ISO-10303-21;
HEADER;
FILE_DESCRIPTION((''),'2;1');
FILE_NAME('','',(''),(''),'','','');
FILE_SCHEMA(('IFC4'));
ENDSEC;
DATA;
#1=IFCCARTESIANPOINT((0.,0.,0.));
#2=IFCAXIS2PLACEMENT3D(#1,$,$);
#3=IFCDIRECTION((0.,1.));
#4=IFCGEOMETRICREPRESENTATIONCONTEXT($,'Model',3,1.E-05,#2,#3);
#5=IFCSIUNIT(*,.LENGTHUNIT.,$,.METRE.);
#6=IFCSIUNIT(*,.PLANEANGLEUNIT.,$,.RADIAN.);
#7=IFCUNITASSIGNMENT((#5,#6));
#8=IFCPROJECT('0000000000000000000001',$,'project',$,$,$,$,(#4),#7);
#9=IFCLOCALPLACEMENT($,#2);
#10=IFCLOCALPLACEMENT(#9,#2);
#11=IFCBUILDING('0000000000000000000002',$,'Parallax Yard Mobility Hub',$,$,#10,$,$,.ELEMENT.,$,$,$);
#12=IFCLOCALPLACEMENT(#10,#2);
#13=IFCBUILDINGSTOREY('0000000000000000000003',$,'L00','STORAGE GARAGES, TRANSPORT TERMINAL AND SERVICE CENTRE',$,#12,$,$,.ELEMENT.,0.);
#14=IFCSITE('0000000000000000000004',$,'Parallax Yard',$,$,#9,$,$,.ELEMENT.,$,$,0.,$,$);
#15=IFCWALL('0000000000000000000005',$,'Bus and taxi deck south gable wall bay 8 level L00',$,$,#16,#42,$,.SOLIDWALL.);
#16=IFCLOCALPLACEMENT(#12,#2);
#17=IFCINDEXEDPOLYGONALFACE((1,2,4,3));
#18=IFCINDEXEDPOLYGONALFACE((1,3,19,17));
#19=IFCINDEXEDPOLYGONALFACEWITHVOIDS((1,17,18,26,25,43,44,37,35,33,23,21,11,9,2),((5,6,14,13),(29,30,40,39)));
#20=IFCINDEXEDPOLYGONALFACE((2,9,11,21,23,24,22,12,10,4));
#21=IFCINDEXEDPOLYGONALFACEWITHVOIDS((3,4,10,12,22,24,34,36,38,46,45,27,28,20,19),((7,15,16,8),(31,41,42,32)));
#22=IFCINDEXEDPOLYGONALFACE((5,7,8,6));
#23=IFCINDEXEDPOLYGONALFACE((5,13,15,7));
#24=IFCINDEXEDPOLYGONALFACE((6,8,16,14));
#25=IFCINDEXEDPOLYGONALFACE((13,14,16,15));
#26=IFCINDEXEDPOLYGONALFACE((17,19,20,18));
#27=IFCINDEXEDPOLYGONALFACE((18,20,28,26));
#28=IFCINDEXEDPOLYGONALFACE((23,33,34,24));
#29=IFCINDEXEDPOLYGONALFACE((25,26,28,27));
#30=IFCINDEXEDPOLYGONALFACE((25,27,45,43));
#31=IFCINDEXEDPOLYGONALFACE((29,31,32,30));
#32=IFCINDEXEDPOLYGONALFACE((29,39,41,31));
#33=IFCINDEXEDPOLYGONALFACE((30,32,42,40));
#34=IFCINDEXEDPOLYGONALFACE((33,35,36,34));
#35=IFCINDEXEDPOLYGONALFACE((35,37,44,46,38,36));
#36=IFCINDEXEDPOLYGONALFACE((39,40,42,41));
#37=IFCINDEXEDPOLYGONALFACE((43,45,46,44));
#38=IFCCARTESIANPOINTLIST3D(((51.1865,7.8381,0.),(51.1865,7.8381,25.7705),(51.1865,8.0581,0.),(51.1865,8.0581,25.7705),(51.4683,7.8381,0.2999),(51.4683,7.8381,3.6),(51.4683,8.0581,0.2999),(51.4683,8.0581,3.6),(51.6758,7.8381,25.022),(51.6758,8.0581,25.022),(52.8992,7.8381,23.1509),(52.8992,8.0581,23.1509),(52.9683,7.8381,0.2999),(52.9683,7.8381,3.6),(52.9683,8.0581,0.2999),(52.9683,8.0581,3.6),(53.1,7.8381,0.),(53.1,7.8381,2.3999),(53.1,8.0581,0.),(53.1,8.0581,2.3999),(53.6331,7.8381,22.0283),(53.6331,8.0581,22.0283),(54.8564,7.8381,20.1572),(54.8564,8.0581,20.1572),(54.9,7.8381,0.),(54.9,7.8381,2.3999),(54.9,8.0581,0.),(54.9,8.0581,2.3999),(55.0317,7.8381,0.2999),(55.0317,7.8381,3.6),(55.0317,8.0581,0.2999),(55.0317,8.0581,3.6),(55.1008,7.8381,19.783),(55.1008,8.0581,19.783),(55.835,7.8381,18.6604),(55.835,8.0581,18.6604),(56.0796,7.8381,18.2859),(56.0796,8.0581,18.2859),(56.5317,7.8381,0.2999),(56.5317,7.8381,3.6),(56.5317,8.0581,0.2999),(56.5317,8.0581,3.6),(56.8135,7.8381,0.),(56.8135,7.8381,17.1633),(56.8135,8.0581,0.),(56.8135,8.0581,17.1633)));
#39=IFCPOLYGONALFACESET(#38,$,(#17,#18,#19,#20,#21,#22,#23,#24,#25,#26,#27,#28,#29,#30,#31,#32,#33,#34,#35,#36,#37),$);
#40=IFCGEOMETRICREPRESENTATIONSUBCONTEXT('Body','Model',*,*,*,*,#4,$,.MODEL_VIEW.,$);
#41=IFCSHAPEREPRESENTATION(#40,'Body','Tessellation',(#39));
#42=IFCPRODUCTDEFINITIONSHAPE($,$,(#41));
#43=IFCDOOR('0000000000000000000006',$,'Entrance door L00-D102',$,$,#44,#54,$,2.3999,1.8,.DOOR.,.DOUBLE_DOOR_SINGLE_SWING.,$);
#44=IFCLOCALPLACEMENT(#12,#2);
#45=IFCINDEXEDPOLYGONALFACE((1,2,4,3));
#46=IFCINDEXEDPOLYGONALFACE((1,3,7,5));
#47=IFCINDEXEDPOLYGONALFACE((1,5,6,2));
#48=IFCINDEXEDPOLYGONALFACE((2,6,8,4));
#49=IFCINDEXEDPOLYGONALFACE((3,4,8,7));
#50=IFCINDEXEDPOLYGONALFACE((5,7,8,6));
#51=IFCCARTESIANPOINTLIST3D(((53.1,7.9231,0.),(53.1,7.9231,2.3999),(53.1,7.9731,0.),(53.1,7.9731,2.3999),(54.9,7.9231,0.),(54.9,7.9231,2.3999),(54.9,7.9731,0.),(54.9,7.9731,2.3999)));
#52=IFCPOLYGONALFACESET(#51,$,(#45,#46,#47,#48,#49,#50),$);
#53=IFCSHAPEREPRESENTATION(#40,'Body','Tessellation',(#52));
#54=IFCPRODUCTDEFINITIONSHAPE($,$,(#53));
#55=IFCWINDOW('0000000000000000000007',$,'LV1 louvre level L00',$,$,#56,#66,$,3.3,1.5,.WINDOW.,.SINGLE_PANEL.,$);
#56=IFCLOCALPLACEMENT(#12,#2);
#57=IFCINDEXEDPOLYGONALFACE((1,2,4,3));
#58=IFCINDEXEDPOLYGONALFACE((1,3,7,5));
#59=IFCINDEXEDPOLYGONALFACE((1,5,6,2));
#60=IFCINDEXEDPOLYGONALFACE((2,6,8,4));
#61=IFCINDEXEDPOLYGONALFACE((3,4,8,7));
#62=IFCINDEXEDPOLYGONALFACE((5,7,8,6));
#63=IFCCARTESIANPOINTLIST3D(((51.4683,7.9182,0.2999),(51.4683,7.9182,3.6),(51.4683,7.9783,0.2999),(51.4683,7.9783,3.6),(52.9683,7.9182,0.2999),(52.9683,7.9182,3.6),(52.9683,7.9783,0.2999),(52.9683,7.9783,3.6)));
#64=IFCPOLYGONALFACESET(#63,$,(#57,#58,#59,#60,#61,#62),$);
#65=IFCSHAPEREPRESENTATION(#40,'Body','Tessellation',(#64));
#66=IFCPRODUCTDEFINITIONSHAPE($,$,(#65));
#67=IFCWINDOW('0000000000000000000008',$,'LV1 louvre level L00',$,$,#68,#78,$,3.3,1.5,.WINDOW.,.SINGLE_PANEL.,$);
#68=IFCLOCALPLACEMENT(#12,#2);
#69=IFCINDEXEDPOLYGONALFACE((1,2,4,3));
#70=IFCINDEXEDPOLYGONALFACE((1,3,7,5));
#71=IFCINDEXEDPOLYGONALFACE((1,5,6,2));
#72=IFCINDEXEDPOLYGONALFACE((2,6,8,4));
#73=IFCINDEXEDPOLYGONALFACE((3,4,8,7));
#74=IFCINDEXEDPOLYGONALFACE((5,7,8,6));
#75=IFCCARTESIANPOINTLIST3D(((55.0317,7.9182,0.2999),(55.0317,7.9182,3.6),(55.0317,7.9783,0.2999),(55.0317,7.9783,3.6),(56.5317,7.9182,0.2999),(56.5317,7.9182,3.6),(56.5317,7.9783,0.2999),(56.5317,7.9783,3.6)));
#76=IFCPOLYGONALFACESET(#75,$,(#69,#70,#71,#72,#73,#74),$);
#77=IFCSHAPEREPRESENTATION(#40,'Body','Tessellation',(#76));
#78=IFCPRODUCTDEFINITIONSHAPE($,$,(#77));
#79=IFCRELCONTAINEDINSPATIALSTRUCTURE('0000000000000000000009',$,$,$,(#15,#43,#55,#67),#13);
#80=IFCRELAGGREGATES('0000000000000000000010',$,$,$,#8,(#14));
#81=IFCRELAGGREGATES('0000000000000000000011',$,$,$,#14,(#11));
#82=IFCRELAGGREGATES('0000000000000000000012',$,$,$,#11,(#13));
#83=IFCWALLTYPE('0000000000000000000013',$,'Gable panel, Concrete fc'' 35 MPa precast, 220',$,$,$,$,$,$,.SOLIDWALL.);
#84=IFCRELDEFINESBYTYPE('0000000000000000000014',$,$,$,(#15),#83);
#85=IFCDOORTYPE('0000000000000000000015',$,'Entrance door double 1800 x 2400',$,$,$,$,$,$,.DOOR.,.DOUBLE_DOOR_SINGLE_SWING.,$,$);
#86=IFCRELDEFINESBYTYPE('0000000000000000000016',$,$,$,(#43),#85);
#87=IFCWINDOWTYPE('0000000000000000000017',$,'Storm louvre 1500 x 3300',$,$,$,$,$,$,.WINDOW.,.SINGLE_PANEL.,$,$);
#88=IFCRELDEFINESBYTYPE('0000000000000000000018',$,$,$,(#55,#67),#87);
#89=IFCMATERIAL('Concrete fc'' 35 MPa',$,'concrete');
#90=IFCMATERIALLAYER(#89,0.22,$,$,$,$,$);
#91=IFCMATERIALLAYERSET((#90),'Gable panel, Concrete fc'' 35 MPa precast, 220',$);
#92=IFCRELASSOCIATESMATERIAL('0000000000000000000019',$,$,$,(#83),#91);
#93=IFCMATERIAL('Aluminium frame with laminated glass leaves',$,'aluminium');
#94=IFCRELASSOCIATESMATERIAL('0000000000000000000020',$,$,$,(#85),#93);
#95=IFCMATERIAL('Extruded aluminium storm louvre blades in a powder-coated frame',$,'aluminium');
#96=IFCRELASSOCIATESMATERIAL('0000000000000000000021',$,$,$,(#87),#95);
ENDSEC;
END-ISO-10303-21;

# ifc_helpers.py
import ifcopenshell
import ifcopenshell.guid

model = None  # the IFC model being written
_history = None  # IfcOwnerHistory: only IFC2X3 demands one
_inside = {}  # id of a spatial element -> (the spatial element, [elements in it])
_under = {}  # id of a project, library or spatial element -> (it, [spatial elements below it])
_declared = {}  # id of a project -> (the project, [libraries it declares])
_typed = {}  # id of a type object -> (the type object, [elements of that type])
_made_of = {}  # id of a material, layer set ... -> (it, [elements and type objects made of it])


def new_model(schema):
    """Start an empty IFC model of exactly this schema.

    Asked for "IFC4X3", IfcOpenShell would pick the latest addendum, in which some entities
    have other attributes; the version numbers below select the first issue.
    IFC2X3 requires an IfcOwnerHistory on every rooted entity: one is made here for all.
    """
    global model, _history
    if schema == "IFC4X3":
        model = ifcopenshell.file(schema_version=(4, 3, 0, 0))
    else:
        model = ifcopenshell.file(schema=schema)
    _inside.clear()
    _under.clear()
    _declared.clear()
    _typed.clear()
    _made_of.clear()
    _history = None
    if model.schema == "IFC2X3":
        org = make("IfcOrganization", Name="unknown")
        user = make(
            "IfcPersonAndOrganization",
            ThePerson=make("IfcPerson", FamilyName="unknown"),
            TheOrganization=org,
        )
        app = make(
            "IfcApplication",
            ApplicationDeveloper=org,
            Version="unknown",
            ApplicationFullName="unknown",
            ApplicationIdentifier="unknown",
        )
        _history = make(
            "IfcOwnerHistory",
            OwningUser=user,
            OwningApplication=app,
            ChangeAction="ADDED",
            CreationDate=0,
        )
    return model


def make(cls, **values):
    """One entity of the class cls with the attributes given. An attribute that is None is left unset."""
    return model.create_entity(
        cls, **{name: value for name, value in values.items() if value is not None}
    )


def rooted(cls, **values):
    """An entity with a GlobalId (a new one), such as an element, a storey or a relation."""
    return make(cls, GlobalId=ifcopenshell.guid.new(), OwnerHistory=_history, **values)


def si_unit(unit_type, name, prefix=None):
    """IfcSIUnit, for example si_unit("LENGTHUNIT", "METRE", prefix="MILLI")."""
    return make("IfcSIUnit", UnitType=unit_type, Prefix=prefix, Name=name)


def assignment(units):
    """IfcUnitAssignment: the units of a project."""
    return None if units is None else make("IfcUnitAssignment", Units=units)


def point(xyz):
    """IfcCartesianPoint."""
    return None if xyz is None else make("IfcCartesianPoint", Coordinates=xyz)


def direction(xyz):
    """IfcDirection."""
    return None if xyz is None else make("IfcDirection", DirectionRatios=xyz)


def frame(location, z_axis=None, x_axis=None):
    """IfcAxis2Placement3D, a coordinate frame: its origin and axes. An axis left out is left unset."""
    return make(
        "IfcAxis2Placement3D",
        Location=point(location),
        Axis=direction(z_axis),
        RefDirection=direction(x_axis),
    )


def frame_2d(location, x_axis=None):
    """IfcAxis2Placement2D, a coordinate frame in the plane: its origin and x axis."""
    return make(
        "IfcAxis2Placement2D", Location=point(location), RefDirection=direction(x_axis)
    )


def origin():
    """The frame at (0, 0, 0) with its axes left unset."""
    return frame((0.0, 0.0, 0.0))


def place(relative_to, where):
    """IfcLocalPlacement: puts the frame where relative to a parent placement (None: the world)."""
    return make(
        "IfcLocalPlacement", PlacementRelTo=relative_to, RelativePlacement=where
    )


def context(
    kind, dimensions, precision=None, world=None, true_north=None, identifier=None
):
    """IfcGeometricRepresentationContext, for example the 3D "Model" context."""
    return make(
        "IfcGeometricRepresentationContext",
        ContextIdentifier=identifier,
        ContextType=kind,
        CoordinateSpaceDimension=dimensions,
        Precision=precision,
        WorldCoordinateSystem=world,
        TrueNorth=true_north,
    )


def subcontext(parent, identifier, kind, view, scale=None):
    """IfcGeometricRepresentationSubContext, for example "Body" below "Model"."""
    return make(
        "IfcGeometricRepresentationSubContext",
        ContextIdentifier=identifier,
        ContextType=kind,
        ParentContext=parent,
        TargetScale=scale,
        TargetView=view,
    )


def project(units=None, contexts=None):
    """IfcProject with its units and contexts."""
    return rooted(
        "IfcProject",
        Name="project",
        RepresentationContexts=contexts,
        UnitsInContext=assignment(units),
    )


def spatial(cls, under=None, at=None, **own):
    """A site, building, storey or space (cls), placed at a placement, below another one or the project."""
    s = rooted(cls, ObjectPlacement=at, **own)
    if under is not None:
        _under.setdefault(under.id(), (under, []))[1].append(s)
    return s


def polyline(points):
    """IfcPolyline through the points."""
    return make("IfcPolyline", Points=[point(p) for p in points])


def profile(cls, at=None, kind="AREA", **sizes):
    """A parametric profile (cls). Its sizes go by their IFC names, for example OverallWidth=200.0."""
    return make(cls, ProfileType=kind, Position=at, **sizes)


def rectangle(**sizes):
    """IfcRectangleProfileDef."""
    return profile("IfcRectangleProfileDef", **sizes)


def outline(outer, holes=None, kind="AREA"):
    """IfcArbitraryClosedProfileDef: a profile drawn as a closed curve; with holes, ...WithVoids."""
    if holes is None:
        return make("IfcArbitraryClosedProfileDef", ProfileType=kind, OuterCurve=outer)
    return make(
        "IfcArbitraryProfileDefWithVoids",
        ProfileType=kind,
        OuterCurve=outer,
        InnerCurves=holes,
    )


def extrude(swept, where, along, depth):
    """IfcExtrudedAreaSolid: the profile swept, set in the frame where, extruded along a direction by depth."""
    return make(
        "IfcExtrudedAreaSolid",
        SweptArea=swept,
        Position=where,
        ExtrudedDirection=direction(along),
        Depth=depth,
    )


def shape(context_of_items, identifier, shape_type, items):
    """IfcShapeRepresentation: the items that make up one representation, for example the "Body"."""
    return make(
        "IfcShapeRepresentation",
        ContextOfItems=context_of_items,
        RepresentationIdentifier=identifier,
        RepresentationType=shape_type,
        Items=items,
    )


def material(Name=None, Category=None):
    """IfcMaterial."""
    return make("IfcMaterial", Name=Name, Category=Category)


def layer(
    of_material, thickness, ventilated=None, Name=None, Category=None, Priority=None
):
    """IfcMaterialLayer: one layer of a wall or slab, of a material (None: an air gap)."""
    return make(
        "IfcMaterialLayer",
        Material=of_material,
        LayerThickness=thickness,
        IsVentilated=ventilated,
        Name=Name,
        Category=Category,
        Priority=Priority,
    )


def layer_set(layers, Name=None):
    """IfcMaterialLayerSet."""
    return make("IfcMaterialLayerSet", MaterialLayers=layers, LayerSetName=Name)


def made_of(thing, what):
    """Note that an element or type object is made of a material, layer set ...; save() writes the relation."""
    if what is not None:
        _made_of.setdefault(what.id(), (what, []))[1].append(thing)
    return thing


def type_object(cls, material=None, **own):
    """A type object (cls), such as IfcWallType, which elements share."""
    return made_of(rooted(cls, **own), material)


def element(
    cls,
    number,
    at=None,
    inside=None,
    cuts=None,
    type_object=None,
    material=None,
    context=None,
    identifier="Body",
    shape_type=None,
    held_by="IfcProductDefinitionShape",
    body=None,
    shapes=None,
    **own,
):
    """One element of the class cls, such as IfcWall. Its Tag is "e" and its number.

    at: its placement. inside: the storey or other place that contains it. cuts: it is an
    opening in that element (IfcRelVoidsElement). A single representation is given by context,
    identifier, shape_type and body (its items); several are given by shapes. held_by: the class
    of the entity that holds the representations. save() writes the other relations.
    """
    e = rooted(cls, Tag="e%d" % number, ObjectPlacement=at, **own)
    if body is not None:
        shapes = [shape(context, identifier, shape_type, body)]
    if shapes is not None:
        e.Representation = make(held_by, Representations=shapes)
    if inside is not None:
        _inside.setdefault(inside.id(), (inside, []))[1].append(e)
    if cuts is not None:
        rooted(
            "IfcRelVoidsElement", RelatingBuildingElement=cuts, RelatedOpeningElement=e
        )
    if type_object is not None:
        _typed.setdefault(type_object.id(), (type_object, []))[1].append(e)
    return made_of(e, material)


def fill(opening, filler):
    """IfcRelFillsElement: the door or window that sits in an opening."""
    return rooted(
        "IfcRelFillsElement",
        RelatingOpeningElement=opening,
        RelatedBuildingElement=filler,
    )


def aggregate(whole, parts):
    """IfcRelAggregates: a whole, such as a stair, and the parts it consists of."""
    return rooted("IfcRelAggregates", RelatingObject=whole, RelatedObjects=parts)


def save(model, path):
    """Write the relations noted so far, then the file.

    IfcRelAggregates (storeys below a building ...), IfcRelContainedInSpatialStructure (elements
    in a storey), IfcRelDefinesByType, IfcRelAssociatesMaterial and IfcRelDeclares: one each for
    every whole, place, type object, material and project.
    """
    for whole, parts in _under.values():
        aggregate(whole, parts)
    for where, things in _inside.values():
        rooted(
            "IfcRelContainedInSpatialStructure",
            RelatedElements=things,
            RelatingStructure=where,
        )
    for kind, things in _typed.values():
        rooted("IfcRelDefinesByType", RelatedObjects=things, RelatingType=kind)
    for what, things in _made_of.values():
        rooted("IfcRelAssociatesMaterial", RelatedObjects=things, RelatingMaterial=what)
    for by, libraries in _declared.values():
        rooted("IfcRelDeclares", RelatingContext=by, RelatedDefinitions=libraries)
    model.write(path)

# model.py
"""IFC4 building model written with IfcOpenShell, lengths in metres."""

from ifc_helpers import new_model, si_unit, direction, frame, frame_2d, origin, place, context, subcontext, project, spatial, polyline, rectangle, outline, extrude, material, layer, layer_set, type_object, element, fill, save


model = new_model("IFC4")

# Units and contexts
model_context = context("Model", 3, precision=1e-05, world=origin(), true_north=direction((0.0, 1.0)))
body_context = subcontext(model_context, "Body", "Model", "MODEL_VIEW")
ifc_project = project(units=[si_unit("LENGTHUNIT", "METRE"), si_unit("PLANEANGLEUNIT", "RADIAN")], contexts=[model_context])

# Site, building, storey
site_placement = place(None, origin())
site = spatial("IfcSite", under=ifc_project, at=site_placement, Name="Parallax Yard", CompositionType="ELEMENT", RefElevation=0.0)
building_placement = place(site_placement, origin())
building = spatial("IfcBuilding", under=site, at=building_placement, Name="Parallax Yard Mobility Hub", CompositionType="ELEMENT")
storey_placement = place(building_placement, origin())
storey = spatial("IfcBuildingStorey", under=building, at=storey_placement, Name="L00", Description="STORAGE GARAGES, TRANSPORT TERMINAL AND SERVICE CENTRE", CompositionType="ELEMENT", Elevation=0.0)

# Shared definitions
ifc_material_1 = material(Name="Concrete fc' 35 MPa", Category="concrete")
ifc_layer = layer(ifc_material_1, 0.22)
ifc_layer_set = layer_set([ifc_layer], Name="Gable panel, Concrete fc' 35 MPa precast, 220")
wall_type = type_object("IfcWallType", Name="Gable panel, Concrete fc' 35 MPa precast, 220", PredefinedType="SOLIDWALL", material=ifc_layer_set)
ifc_material_2 = material(Name="Extruded aluminium storm louvre blades in a powder-coated frame", Category="aluminium")

# Wall, openings, door, windows
wall_1_placement = place(storey_placement, frame((51.1865, 7.9482, 0.0), z_axis=(0.0, 0.0, 1.0), x_axis=(1.0, 0.0, 0.0)))
wall_1 = element("IfcWall", 1, at=wall_1_placement, inside=storey, type_object=wall_type, Name="Bus and taxi deck south gable wall bay 8 level L00", PredefinedType="SOLIDWALL", context=body_context, shape_type="SweptSolid", body=[
    extrude(outline(polyline([(0.0, 0.0), (5.627, 0.0), (5.627, 17.1633), (4.8931, 18.2859), (4.6484, 18.6604), (3.9143, 19.783), (3.6699, 20.1572), (2.6912, 21.6541), (2.4465, 22.0283), (1.7126, 23.1509), (1.468, 23.5251), (0.4893, 25.022), (0.2446, 25.3962), (0.0, 25.7705), (0.0, 0.0)])), frame((0.0, 0.1099, 0.0), z_axis=(0.0, -1.0, 0.0), x_axis=(1.0, 0.0, 0.0)), (0.0, 0.0, 1.0), 0.22),
])
opening_1_placement = place(wall_1_placement, frame((1.9136, 0.0, 0.0)))
opening_1 = element("IfcOpeningElement", 2, at=opening_1_placement, cuts=wall_1, PredefinedType="OPENING", context=body_context, shape_type="SweptSolid", body=[
    extrude(rectangle(XDim=1.8, YDim=2.3999, at=frame_2d((0.8999, 1.2))), frame((0.0, 0.1201, 0.0), z_axis=(0.0, -1.0, 0.0), x_axis=(1.0, 0.0, 0.0)), (0.0, 0.0, 1.0), 0.24),
])
opening_2_placement = place(wall_1_placement, frame((0.2817, 0.0, 0.3)))
opening_2 = element("IfcOpeningElement", 3, at=opening_2_placement, cuts=wall_1, PredefinedType="OPENING", context=body_context, shape_type="SweptSolid", body=[
    extrude(rectangle(XDim=1.5, YDim=3.3, at=frame_2d((0.75, 1.6499))), frame((0.0, 0.1201, 0.0), z_axis=(0.0, -1.0, 0.0), x_axis=(1.0, 0.0, 0.0)), (0.0, 0.0, 1.0), 0.24),
])
opening_3_placement = place(wall_1_placement, frame((3.8452, 0.0, 0.3)))
opening_3 = element("IfcOpeningElement", 4, at=opening_3_placement, cuts=wall_1, PredefinedType="OPENING", context=body_context, shape_type="SweptSolid", body=[
    extrude(rectangle(XDim=1.5, YDim=3.3, at=frame_2d((0.75, 1.6499))), frame((0.0, 0.1201, 0.0), z_axis=(0.0, -1.0, 0.0), x_axis=(1.0, 0.0, 0.0)), (0.0, 0.0, 1.0), 0.24),
])
ifc_material_3 = material(Name="Aluminium frame with laminated glass leaves", Category="aluminium")
door_type = type_object("IfcDoorType", Name="Entrance door double 1800 x 2400", OperationType="DOUBLE_DOOR_SINGLE_SWING", PredefinedType="DOOR", material=ifc_material_3)
door_placement = place(opening_1_placement, origin())
door = element("IfcDoor", 5, at=door_placement, inside=storey, type_object=door_type, Name="Entrance door L00-D102", OperationType="DOUBLE_DOOR_SINGLE_SWING", OverallHeight=2.3999, OverallWidth=1.8, PredefinedType="DOOR", context=body_context, shape_type="SweptSolid", body=[
    extrude(rectangle(XDim=1.8, YDim=2.3999, at=frame_2d((0.8999, 1.2))), frame((0.0, 0.0249, 0.0), z_axis=(0.0, -1.0, 0.0), x_axis=(1.0, 0.0, 0.0)), (0.0, 0.0, 1.0), 0.05),
])
fill(opening_1, door)
window_type_1 = type_object("IfcWindowType", Name="Storm louvre 1500 x 3300", PartitioningType="SINGLE_PANEL", PredefinedType="WINDOW", material=ifc_material_2)
window_1_placement = place(opening_2_placement, origin())
window_1 = element("IfcWindow", 6, at=window_1_placement, inside=storey, type_object=window_type_1, Name="LV1 louvre level L00", OverallHeight=3.3, OverallWidth=1.5, PartitioningType="SINGLE_PANEL", PredefinedType="WINDOW", context=body_context, shape_type="SweptSolid", body=[
    extrude(rectangle(XDim=1.5, YDim=3.3, at=frame_2d((0.75, 1.6499))), frame((0.0, 0.03, 0.0), z_axis=(0.0, -1.0, 0.0), x_axis=(1.0, 0.0, 0.0)), (0.0, 0.0, 1.0), 0.0601),
])
fill(opening_2, window_1)
window_2_placement = place(opening_3_placement, origin())
window_2 = element("IfcWindow", 7, at=window_2_placement, inside=storey, type_object=window_type_1, Name="LV1 louvre level L00", OverallHeight=3.3, OverallWidth=1.5, PartitioningType="SINGLE_PANEL", PredefinedType="WINDOW", context=body_context, shape_type="SweptSolid", body=[
    extrude(rectangle(XDim=1.5, YDim=3.3, at=frame_2d((0.75, 1.6499))), frame((0.0, 0.03, 0.0), z_axis=(0.0, -1.0, 0.0), x_axis=(1.0, 0.0, 0.0)), (0.0, 0.0, 1.0), 0.0601),
])
fill(opening_3, window_2)

save(model, "model.ifc")
